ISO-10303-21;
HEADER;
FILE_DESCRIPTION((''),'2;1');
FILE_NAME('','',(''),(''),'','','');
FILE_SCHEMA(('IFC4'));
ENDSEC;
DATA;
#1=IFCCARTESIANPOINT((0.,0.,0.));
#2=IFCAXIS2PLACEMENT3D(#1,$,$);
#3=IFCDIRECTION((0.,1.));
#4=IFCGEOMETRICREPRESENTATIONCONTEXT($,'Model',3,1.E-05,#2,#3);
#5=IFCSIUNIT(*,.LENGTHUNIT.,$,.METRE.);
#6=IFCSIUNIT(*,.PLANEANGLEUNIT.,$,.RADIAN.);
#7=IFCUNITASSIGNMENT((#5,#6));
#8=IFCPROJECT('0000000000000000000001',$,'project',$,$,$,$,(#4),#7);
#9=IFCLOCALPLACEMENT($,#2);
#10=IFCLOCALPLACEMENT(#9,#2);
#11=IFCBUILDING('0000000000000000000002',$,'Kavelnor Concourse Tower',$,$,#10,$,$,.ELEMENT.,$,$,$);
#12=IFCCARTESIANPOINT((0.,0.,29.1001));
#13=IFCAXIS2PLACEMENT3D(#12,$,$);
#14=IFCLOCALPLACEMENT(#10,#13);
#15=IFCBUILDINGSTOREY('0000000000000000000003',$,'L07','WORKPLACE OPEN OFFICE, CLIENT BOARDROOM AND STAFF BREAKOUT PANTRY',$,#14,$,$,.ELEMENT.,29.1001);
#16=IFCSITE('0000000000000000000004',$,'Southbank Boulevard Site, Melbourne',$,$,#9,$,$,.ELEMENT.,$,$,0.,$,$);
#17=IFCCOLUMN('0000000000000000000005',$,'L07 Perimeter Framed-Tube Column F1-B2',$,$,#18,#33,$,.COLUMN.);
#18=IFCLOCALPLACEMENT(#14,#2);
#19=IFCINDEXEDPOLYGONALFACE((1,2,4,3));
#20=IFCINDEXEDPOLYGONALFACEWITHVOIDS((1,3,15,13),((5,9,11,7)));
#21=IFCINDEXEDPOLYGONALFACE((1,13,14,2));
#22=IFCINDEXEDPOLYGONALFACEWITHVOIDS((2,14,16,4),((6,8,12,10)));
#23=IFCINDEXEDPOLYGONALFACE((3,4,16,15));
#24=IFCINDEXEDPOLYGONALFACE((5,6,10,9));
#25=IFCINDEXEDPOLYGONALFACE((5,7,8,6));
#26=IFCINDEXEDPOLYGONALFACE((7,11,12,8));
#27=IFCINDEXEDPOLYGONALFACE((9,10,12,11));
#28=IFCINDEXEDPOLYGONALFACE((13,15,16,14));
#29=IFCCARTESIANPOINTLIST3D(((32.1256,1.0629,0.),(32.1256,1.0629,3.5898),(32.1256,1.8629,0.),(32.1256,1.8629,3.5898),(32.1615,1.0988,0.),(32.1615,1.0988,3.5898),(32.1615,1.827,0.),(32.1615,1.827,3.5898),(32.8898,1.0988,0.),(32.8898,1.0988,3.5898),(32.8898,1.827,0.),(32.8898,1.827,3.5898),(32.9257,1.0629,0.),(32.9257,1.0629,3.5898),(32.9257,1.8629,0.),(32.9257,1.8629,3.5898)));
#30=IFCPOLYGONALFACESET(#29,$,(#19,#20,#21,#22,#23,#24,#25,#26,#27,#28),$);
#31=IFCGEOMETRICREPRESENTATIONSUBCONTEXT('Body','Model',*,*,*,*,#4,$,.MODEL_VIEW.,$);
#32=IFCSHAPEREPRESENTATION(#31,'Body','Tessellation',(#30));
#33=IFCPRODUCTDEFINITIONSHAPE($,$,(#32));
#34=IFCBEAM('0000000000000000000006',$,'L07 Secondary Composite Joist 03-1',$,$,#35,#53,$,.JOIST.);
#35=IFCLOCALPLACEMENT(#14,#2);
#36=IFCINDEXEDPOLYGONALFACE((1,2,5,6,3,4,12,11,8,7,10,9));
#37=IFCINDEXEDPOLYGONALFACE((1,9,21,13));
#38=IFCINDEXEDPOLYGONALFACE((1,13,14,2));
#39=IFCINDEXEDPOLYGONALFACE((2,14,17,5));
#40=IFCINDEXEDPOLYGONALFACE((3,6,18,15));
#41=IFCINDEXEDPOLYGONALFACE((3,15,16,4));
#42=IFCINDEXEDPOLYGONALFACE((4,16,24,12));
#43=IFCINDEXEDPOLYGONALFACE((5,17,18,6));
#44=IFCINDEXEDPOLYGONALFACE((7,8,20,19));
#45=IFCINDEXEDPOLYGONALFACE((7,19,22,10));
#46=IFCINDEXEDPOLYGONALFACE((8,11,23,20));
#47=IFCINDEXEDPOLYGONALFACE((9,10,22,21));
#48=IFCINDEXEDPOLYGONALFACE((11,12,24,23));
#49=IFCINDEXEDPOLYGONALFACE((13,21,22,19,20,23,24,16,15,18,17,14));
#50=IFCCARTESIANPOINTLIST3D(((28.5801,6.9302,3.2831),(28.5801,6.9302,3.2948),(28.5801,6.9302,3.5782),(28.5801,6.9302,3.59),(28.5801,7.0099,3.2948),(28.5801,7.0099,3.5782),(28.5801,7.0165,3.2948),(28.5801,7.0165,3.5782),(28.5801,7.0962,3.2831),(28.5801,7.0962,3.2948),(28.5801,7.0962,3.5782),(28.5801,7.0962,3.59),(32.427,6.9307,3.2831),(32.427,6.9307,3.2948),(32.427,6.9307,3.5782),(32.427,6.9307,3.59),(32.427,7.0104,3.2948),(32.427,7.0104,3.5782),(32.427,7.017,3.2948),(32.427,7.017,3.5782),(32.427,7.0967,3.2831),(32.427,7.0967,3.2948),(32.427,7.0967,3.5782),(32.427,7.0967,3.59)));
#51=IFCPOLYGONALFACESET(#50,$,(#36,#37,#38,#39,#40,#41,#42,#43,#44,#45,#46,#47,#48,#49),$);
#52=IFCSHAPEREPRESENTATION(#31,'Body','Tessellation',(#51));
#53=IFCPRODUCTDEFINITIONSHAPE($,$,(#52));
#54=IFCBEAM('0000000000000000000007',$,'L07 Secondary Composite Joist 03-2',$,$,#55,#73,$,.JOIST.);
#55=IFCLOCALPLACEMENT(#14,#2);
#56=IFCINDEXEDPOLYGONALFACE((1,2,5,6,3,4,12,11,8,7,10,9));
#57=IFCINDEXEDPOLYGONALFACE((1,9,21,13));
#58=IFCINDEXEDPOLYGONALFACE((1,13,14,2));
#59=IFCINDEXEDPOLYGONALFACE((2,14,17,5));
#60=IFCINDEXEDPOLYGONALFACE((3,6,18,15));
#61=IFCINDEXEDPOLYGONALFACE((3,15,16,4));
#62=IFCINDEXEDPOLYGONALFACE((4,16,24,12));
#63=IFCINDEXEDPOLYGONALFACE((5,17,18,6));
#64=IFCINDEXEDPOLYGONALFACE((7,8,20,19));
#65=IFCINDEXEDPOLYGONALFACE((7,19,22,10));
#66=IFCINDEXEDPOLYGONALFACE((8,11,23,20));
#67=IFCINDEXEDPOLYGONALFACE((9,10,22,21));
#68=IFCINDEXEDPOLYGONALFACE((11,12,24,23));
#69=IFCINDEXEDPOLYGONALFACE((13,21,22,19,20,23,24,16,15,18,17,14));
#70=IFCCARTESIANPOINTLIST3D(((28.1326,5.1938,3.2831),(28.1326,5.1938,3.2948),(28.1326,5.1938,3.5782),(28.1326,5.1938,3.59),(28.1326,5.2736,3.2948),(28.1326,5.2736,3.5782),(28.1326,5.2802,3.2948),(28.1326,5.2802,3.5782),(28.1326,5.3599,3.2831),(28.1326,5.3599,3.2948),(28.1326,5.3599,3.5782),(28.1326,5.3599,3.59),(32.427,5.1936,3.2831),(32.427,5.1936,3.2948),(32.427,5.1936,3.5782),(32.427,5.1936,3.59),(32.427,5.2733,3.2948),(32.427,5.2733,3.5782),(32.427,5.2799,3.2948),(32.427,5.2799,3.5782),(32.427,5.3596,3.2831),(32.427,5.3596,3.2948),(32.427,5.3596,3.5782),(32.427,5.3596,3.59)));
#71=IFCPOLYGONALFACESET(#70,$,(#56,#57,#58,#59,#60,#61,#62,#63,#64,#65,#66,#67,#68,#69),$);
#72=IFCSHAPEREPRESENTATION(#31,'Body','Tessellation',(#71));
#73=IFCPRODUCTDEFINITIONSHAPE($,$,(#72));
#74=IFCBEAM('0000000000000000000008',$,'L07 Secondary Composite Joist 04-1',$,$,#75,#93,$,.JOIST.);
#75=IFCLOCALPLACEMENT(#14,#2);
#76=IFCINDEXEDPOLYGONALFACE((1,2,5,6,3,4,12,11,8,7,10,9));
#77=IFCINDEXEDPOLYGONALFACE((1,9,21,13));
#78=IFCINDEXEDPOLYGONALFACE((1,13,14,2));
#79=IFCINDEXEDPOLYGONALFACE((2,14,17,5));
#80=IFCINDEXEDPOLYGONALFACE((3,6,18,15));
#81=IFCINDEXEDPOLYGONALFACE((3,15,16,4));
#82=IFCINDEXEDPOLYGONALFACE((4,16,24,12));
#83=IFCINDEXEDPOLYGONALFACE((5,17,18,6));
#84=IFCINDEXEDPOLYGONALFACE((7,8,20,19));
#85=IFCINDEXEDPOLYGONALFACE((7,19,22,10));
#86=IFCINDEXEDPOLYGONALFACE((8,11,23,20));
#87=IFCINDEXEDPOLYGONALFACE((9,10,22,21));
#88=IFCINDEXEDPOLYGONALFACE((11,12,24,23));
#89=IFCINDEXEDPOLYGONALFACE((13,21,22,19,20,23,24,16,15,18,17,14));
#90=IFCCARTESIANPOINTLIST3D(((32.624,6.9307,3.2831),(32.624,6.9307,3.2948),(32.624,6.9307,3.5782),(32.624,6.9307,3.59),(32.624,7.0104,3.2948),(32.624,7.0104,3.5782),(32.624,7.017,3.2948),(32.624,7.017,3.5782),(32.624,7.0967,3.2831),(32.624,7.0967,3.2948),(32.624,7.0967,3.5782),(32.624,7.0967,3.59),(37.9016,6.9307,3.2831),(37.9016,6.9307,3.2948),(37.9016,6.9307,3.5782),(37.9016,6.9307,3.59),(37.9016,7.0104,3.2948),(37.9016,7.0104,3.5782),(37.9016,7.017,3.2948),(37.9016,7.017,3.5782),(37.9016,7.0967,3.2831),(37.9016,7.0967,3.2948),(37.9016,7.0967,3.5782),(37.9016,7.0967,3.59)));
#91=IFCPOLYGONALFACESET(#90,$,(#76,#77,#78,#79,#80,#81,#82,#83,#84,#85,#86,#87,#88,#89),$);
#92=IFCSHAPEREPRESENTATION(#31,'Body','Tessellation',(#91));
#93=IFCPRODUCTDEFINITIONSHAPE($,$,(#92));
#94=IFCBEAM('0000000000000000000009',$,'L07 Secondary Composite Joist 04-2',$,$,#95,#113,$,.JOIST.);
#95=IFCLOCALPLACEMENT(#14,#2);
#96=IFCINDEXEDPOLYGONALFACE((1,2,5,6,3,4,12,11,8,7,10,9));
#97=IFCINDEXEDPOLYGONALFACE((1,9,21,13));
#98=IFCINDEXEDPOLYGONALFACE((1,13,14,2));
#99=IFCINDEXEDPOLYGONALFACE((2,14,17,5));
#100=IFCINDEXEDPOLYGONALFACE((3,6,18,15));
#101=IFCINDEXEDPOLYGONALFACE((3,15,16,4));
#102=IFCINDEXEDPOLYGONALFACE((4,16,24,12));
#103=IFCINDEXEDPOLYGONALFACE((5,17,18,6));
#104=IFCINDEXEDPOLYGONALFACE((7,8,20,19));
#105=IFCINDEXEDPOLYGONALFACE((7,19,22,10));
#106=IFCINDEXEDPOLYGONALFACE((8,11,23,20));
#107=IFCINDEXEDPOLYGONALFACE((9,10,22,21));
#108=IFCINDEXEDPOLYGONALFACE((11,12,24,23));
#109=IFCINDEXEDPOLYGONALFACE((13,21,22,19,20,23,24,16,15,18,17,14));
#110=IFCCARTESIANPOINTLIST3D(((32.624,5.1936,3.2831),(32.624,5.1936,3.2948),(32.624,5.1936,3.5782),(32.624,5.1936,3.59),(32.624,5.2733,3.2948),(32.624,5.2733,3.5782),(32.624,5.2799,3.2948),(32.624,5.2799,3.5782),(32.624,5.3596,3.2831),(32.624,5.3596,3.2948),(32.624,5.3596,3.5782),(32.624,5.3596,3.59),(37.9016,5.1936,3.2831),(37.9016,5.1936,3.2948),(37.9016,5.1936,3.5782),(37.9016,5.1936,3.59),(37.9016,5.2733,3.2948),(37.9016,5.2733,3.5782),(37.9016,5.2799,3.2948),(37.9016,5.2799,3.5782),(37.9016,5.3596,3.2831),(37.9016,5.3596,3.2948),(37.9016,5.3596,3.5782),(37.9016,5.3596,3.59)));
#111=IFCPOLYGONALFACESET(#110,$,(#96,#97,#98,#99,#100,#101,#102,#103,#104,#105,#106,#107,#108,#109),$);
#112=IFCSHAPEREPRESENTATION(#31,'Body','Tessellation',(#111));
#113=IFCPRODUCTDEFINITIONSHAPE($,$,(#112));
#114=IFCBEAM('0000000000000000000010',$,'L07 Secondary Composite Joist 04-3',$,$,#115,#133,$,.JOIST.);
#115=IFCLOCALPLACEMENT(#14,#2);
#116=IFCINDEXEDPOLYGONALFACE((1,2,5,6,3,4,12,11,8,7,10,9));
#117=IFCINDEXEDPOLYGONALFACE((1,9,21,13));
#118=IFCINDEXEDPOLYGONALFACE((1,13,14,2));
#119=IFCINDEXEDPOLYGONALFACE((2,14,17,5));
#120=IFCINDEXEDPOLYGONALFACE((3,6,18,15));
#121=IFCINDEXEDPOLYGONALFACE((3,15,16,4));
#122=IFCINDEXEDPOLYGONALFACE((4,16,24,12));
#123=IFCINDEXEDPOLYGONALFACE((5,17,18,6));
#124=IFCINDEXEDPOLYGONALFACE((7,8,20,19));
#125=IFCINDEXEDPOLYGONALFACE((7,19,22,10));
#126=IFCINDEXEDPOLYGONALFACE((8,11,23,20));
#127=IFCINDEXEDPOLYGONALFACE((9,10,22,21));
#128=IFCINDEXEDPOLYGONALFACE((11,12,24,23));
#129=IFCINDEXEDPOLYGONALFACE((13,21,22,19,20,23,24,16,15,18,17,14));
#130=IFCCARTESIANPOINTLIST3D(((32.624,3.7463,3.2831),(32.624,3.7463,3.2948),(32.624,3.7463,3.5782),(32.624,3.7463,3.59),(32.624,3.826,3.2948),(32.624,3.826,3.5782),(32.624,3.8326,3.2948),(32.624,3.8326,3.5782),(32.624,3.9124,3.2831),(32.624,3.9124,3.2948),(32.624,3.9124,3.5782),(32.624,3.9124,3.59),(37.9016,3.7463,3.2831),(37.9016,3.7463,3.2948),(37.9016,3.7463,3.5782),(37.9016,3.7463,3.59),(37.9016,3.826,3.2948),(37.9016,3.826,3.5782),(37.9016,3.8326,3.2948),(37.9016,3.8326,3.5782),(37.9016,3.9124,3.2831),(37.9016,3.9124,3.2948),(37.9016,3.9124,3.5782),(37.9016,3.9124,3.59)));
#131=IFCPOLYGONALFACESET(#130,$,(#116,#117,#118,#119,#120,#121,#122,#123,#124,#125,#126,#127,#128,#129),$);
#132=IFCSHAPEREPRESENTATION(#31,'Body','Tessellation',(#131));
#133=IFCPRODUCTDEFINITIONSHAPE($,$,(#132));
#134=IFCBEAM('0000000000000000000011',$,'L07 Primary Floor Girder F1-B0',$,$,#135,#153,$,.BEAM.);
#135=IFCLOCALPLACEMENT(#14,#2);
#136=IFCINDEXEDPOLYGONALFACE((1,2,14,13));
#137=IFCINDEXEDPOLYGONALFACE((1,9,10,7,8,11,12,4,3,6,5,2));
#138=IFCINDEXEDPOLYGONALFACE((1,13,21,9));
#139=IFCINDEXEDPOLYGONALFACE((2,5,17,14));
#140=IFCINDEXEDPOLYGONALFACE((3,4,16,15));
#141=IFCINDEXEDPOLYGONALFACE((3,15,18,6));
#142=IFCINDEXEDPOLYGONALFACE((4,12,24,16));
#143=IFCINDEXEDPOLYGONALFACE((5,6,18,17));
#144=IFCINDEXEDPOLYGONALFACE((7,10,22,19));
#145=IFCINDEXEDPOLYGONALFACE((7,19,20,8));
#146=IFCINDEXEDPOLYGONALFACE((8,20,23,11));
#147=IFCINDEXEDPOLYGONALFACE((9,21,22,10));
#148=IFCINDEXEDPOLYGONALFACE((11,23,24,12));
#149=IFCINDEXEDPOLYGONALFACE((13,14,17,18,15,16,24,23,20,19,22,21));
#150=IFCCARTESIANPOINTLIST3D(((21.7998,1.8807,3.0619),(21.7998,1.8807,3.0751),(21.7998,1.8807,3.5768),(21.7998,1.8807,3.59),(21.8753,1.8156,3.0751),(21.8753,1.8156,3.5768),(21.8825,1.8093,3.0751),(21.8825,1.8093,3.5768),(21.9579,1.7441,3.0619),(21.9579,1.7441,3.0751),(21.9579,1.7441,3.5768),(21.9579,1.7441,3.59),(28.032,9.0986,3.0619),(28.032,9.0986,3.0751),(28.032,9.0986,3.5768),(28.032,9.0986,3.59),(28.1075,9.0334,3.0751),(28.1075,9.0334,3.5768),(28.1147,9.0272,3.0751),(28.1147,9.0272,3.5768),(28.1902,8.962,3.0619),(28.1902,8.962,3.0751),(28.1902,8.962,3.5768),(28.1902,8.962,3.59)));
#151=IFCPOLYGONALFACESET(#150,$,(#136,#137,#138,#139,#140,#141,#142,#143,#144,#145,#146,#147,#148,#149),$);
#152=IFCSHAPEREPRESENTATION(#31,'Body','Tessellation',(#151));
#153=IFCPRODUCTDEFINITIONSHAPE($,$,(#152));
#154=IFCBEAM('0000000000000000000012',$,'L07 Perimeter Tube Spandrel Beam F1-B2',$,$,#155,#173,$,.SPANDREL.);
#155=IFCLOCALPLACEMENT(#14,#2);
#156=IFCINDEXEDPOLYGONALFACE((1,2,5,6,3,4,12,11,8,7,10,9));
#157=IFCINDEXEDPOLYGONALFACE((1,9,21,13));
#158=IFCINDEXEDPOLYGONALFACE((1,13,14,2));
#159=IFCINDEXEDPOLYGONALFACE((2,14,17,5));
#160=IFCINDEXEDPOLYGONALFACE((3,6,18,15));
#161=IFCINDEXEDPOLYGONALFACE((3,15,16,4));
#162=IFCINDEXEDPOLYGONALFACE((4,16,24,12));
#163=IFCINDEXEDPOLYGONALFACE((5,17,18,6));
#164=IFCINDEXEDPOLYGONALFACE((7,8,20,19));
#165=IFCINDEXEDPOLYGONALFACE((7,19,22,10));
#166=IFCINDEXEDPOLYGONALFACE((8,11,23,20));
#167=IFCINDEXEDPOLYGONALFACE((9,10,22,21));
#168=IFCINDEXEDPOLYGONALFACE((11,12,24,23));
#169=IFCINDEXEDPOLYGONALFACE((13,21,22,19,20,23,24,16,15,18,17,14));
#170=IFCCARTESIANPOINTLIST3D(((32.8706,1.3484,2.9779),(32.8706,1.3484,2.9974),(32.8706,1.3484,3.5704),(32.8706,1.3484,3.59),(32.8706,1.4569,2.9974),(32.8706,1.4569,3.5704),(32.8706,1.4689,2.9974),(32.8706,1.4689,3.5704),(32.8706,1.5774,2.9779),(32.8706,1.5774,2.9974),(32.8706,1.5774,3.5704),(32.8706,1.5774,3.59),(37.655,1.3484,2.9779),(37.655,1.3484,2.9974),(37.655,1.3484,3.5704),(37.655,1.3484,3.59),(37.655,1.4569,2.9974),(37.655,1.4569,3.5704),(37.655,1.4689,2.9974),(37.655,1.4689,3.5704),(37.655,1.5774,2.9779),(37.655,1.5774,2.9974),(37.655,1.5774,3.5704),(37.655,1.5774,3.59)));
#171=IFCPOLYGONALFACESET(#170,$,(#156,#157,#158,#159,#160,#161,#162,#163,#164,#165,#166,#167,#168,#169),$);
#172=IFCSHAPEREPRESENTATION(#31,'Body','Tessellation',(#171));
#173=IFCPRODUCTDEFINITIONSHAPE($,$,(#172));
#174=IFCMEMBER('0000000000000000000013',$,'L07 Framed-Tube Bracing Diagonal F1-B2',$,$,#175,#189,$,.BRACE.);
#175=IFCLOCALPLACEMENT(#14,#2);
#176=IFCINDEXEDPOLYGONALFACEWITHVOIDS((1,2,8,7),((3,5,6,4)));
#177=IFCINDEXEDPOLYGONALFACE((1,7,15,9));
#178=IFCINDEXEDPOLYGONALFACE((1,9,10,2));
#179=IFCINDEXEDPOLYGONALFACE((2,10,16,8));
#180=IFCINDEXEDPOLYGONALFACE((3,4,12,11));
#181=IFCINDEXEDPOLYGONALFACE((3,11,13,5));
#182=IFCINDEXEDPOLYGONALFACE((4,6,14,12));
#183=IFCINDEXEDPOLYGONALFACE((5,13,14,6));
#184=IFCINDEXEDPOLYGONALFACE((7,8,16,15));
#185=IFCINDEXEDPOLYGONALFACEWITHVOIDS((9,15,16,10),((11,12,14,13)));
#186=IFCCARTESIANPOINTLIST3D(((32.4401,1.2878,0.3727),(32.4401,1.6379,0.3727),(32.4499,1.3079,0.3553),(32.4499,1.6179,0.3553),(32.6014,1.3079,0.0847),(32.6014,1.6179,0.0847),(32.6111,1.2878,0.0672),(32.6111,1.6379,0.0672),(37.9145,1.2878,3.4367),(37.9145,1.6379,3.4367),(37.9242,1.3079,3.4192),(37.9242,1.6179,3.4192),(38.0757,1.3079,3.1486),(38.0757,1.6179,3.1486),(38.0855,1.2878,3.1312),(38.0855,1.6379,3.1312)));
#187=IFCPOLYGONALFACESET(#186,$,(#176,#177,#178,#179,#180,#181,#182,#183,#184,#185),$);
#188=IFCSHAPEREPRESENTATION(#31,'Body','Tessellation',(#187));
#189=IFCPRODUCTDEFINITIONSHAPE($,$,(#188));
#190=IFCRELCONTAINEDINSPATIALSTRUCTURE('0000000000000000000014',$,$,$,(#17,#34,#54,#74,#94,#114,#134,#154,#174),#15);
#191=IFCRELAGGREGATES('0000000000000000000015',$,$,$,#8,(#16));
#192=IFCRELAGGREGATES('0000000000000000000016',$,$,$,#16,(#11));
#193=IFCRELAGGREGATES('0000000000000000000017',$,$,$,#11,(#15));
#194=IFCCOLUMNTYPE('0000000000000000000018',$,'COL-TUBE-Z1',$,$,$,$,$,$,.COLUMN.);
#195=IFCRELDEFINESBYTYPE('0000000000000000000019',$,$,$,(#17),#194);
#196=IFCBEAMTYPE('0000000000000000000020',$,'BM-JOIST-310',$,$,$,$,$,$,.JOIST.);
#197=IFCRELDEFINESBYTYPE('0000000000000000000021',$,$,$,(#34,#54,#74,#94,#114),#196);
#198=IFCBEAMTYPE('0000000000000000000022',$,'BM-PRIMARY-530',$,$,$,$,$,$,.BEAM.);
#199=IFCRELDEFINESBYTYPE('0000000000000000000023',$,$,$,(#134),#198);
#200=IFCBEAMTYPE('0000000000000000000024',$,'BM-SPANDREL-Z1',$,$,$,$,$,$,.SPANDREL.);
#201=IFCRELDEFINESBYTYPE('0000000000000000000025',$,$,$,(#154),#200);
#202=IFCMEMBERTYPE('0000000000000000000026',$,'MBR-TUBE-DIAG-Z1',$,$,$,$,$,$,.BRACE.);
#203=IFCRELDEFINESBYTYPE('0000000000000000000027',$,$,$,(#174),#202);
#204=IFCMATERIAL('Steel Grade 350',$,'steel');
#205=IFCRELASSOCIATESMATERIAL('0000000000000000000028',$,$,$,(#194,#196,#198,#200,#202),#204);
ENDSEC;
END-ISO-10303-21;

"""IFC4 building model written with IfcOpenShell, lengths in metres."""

from ifc_helpers import new_model, si_unit, direction, frame, origin, origin_2d, place, context, subcontext, project, spatial, hollow_rectangle, i_section, extrude, material, material_profile, profile_set, type_object, element, save


model = new_model("IFC4")

# Units and contexts
model_context = context("Model", 3, precision=1e-05, world=origin(), true_north=direction((0.0, 1.0)))
body_context = subcontext(model_context, "Body", "Model", "MODEL_VIEW")
ifc_project = project(units=[si_unit("LENGTHUNIT", "METRE"), si_unit("PLANEANGLEUNIT", "RADIAN")], contexts=[model_context])

# Site, building, storey
site_placement = place(None, origin())
site = spatial("IfcSite", under=ifc_project, at=site_placement, Name="Southbank Boulevard Site, Melbourne", CompositionType="ELEMENT", RefElevation=0.0)
building_placement = place(site_placement, origin())
building = spatial("IfcBuilding", under=site, at=building_placement, Name="Kavelnor Concourse Tower", CompositionType="ELEMENT")
storey_placement = place(building_placement, frame((0.0, 0.0, 29.1001)))
storey = spatial("IfcBuildingStorey", under=building, at=storey_placement, Name="L07", Description="WORKPLACE OPEN OFFICE, CLIENT BOARDROOM AND STAFF BREAKOUT PANTRY", CompositionType="ELEMENT", Elevation=29.1001)

# Column
ifc_material_1 = material(Name="Steel Grade 350", Category="steel")
ifc_material_profile_1 = material_profile(ifc_material_1, hollow_rectangle(XDim=0.8, YDim=0.8, WallThickness=0.0359, at=origin_2d()), Name="SHS 800x800x36")
ifc_profile_set_1 = profile_set([ifc_material_profile_1], Name="Steel Grade 350")
column_type = type_object("IfcColumnType", Name="COL-TUBE-Z1", PredefinedType="COLUMN", material=ifc_profile_set_1)
column_placement = place(storey_placement, frame((32.5256, 1.4629, 0.0), z_axis=(0.0, 0.0, 1.0), x_axis=(1.0, 0.0, 0.0)))
element("IfcColumn", 1, at=column_placement, inside=storey, type_object=column_type, Name="L07 Perimeter Framed-Tube Column F1-B2", PredefinedType="COLUMN", context=body_context, shape_type="SweptSolid", body=[
    extrude(hollow_rectangle(XDim=0.8, YDim=0.8, WallThickness=0.0359, at=origin_2d()), origin(), (0.0, 0.0, 1.0), 3.5898),
])

# Beams
ifc_material_profile_2 = material_profile(ifc_material_1, i_section(OverallWidth=0.166, OverallDepth=0.3069, WebThickness=0.0066, FlangeThickness=0.0117, at=origin_2d()), Name="310UB46")
ifc_profile_set_2 = profile_set([ifc_material_profile_2], Name="Steel Grade 350")
beam_type_1 = type_object("IfcBeamType", Name="BM-JOIST-310", PredefinedType="JOIST", material=ifc_profile_set_2)
beam_1_placement = place(storey_placement, frame((28.5801, 7.0132, 3.4365), z_axis=(1.0, 0.000127, 0.0), x_axis=(-0.000127, 1.0, 0.0)))
element("IfcBeam", 2, at=beam_1_placement, inside=storey, type_object=beam_type_1, Name="L07 Secondary Composite Joist 03-1", PredefinedType="JOIST", context=body_context, shape_type="SweptSolid", body=[
    extrude(i_section(OverallWidth=0.166, OverallDepth=0.3069, WebThickness=0.0066, FlangeThickness=0.0117, at=origin_2d()), origin(), (0.0, 0.0, 1.0), 3.8469),
])
beam_2_placement = place(storey_placement, frame((28.1326, 5.2769, 3.4365), z_axis=(1.0, -0.000057, 0.0), x_axis=(0.000057, 1.0, 0.0)))
element("IfcBeam", 3, at=beam_2_placement, inside=storey, type_object=beam_type_1, Name="L07 Secondary Composite Joist 03-2", PredefinedType="JOIST", context=body_context, shape_type="SweptSolid", body=[
    extrude(i_section(OverallWidth=0.166, OverallDepth=0.3069, WebThickness=0.0066, FlangeThickness=0.0117, at=origin_2d()), origin(), (0.0, 0.0, 1.0), 4.2944),
])
for number, where, z_axis, x_axis, name in (
    (4, (32.624, 7.0137, 3.4365), (1.0, 0.0, 0.0), (0.0, 1.0, 0.0), "L07 Secondary Composite Joist 04-1"),
    (5, (32.624, 5.2766, 3.4365), (1.0, 0.0, 0.0), (0.0, 1.0, 0.0), "L07 Secondary Composite Joist 04-2"),
    (6, (32.624, 3.8293, 3.4365), (1.0, 0.0, 0.0), (0.0, 1.0, 0.0), "L07 Secondary Composite Joist 04-3"),
):
    element("IfcBeam", number, at=place(storey_placement, frame(where, z_axis=z_axis, x_axis=x_axis)), inside=storey, type_object=beam_type_1, Name=name, PredefinedType="JOIST", context=body_context, shape_type="SweptSolid", body=[
        extrude(i_section(OverallWidth=0.166, OverallDepth=0.3069, WebThickness=0.0066, FlangeThickness=0.0117, at=origin_2d()), origin(), (0.0, 0.0, 1.0), 5.2776),
    ])
ifc_material_profile_3 = material_profile(ifc_material_1, i_section(OverallWidth=0.209, OverallDepth=0.5281, WebThickness=0.0095, FlangeThickness=0.0132, at=origin_2d()), Name="530UB82")
ifc_profile_set_3 = profile_set([ifc_material_profile_3], Name="Steel Grade 350")
beam_type_2 = type_object("IfcBeamType", Name="BM-PRIMARY-530", PredefinedType="BEAM", material=ifc_profile_set_3)
beam_3_placement = place(storey_placement, frame((28.1111, 9.0303, 3.3259), z_axis=(-0.653539, -0.756893, 0.0), x_axis=(0.756893, -0.653539, 0.0)))
element("IfcBeam", 7, at=beam_3_placement, inside=storey, type_object=beam_type_2, Name="L07 Primary Floor Girder F1-B0", PredefinedType="BEAM", context=body_context, shape_type="SweptSolid", body=[
    extrude(i_section(OverallWidth=0.209, OverallDepth=0.5281, WebThickness=0.0095, FlangeThickness=0.0132, at=origin_2d()), origin(), (0.0, 0.0, 1.0), 9.5361),
])
ifc_material_profile_4 = material_profile(ifc_material_1, i_section(OverallWidth=0.229, OverallDepth=0.6121, WebThickness=0.012, FlangeThickness=0.0195, at=origin_2d()), Name="610UB125")
ifc_profile_set_4 = profile_set([ifc_material_profile_4], Name="Steel Grade 350")
beam_type_3 = type_object("IfcBeamType", Name="BM-SPANDREL-Z1", PredefinedType="SPANDREL", material=ifc_profile_set_4)
beam_4_placement = place(storey_placement, frame((32.8706, 1.4629, 3.2839), z_axis=(1.0, 0.0, 0.0), x_axis=(0.0, 1.0, 0.0)))
element("IfcBeam", 8, at=beam_4_placement, inside=storey, type_object=beam_type_3, Name="L07 Perimeter Tube Spandrel Beam F1-B2", PredefinedType="SPANDREL", context=body_context, shape_type="SweptSolid", body=[
    extrude(i_section(OverallWidth=0.229, OverallDepth=0.6121, WebThickness=0.012, FlangeThickness=0.0195, at=origin_2d()), origin(), (0.0, 0.0, 1.0), 4.7844),
])

# Member
ifc_material_profile_5 = material_profile(ifc_material_1, hollow_rectangle(XDim=0.3501, YDim=0.3501, WallThickness=0.02, at=origin_2d()), Name="SHS 350x350x20")
ifc_profile_set_5 = profile_set([ifc_material_profile_5], Name="Steel Grade 350")
member_type = type_object("IfcMemberType", Name="MBR-TUBE-DIAG-Z1", PredefinedType="BRACE", material=ifc_profile_set_5)
member_placement = place(storey_placement, frame((32.5256, 1.4629, 0.22), z_axis=(0.87262, 0.0, 0.4884), x_axis=(0.0, 1.0, 0.0)))
element("IfcMember", 9, at=member_placement, inside=storey, type_object=member_type, Name="L07 Framed-Tube Bracing Diagonal F1-B2", PredefinedType="BRACE", context=body_context, shape_type="SweptSolid", body=[
    extrude(hollow_rectangle(XDim=0.3501, YDim=0.3501, WallThickness=0.02, at=origin_2d()), origin(), (0.0, 0.0, 1.0), 6.2734),
])

save(model, "model.ifc")
